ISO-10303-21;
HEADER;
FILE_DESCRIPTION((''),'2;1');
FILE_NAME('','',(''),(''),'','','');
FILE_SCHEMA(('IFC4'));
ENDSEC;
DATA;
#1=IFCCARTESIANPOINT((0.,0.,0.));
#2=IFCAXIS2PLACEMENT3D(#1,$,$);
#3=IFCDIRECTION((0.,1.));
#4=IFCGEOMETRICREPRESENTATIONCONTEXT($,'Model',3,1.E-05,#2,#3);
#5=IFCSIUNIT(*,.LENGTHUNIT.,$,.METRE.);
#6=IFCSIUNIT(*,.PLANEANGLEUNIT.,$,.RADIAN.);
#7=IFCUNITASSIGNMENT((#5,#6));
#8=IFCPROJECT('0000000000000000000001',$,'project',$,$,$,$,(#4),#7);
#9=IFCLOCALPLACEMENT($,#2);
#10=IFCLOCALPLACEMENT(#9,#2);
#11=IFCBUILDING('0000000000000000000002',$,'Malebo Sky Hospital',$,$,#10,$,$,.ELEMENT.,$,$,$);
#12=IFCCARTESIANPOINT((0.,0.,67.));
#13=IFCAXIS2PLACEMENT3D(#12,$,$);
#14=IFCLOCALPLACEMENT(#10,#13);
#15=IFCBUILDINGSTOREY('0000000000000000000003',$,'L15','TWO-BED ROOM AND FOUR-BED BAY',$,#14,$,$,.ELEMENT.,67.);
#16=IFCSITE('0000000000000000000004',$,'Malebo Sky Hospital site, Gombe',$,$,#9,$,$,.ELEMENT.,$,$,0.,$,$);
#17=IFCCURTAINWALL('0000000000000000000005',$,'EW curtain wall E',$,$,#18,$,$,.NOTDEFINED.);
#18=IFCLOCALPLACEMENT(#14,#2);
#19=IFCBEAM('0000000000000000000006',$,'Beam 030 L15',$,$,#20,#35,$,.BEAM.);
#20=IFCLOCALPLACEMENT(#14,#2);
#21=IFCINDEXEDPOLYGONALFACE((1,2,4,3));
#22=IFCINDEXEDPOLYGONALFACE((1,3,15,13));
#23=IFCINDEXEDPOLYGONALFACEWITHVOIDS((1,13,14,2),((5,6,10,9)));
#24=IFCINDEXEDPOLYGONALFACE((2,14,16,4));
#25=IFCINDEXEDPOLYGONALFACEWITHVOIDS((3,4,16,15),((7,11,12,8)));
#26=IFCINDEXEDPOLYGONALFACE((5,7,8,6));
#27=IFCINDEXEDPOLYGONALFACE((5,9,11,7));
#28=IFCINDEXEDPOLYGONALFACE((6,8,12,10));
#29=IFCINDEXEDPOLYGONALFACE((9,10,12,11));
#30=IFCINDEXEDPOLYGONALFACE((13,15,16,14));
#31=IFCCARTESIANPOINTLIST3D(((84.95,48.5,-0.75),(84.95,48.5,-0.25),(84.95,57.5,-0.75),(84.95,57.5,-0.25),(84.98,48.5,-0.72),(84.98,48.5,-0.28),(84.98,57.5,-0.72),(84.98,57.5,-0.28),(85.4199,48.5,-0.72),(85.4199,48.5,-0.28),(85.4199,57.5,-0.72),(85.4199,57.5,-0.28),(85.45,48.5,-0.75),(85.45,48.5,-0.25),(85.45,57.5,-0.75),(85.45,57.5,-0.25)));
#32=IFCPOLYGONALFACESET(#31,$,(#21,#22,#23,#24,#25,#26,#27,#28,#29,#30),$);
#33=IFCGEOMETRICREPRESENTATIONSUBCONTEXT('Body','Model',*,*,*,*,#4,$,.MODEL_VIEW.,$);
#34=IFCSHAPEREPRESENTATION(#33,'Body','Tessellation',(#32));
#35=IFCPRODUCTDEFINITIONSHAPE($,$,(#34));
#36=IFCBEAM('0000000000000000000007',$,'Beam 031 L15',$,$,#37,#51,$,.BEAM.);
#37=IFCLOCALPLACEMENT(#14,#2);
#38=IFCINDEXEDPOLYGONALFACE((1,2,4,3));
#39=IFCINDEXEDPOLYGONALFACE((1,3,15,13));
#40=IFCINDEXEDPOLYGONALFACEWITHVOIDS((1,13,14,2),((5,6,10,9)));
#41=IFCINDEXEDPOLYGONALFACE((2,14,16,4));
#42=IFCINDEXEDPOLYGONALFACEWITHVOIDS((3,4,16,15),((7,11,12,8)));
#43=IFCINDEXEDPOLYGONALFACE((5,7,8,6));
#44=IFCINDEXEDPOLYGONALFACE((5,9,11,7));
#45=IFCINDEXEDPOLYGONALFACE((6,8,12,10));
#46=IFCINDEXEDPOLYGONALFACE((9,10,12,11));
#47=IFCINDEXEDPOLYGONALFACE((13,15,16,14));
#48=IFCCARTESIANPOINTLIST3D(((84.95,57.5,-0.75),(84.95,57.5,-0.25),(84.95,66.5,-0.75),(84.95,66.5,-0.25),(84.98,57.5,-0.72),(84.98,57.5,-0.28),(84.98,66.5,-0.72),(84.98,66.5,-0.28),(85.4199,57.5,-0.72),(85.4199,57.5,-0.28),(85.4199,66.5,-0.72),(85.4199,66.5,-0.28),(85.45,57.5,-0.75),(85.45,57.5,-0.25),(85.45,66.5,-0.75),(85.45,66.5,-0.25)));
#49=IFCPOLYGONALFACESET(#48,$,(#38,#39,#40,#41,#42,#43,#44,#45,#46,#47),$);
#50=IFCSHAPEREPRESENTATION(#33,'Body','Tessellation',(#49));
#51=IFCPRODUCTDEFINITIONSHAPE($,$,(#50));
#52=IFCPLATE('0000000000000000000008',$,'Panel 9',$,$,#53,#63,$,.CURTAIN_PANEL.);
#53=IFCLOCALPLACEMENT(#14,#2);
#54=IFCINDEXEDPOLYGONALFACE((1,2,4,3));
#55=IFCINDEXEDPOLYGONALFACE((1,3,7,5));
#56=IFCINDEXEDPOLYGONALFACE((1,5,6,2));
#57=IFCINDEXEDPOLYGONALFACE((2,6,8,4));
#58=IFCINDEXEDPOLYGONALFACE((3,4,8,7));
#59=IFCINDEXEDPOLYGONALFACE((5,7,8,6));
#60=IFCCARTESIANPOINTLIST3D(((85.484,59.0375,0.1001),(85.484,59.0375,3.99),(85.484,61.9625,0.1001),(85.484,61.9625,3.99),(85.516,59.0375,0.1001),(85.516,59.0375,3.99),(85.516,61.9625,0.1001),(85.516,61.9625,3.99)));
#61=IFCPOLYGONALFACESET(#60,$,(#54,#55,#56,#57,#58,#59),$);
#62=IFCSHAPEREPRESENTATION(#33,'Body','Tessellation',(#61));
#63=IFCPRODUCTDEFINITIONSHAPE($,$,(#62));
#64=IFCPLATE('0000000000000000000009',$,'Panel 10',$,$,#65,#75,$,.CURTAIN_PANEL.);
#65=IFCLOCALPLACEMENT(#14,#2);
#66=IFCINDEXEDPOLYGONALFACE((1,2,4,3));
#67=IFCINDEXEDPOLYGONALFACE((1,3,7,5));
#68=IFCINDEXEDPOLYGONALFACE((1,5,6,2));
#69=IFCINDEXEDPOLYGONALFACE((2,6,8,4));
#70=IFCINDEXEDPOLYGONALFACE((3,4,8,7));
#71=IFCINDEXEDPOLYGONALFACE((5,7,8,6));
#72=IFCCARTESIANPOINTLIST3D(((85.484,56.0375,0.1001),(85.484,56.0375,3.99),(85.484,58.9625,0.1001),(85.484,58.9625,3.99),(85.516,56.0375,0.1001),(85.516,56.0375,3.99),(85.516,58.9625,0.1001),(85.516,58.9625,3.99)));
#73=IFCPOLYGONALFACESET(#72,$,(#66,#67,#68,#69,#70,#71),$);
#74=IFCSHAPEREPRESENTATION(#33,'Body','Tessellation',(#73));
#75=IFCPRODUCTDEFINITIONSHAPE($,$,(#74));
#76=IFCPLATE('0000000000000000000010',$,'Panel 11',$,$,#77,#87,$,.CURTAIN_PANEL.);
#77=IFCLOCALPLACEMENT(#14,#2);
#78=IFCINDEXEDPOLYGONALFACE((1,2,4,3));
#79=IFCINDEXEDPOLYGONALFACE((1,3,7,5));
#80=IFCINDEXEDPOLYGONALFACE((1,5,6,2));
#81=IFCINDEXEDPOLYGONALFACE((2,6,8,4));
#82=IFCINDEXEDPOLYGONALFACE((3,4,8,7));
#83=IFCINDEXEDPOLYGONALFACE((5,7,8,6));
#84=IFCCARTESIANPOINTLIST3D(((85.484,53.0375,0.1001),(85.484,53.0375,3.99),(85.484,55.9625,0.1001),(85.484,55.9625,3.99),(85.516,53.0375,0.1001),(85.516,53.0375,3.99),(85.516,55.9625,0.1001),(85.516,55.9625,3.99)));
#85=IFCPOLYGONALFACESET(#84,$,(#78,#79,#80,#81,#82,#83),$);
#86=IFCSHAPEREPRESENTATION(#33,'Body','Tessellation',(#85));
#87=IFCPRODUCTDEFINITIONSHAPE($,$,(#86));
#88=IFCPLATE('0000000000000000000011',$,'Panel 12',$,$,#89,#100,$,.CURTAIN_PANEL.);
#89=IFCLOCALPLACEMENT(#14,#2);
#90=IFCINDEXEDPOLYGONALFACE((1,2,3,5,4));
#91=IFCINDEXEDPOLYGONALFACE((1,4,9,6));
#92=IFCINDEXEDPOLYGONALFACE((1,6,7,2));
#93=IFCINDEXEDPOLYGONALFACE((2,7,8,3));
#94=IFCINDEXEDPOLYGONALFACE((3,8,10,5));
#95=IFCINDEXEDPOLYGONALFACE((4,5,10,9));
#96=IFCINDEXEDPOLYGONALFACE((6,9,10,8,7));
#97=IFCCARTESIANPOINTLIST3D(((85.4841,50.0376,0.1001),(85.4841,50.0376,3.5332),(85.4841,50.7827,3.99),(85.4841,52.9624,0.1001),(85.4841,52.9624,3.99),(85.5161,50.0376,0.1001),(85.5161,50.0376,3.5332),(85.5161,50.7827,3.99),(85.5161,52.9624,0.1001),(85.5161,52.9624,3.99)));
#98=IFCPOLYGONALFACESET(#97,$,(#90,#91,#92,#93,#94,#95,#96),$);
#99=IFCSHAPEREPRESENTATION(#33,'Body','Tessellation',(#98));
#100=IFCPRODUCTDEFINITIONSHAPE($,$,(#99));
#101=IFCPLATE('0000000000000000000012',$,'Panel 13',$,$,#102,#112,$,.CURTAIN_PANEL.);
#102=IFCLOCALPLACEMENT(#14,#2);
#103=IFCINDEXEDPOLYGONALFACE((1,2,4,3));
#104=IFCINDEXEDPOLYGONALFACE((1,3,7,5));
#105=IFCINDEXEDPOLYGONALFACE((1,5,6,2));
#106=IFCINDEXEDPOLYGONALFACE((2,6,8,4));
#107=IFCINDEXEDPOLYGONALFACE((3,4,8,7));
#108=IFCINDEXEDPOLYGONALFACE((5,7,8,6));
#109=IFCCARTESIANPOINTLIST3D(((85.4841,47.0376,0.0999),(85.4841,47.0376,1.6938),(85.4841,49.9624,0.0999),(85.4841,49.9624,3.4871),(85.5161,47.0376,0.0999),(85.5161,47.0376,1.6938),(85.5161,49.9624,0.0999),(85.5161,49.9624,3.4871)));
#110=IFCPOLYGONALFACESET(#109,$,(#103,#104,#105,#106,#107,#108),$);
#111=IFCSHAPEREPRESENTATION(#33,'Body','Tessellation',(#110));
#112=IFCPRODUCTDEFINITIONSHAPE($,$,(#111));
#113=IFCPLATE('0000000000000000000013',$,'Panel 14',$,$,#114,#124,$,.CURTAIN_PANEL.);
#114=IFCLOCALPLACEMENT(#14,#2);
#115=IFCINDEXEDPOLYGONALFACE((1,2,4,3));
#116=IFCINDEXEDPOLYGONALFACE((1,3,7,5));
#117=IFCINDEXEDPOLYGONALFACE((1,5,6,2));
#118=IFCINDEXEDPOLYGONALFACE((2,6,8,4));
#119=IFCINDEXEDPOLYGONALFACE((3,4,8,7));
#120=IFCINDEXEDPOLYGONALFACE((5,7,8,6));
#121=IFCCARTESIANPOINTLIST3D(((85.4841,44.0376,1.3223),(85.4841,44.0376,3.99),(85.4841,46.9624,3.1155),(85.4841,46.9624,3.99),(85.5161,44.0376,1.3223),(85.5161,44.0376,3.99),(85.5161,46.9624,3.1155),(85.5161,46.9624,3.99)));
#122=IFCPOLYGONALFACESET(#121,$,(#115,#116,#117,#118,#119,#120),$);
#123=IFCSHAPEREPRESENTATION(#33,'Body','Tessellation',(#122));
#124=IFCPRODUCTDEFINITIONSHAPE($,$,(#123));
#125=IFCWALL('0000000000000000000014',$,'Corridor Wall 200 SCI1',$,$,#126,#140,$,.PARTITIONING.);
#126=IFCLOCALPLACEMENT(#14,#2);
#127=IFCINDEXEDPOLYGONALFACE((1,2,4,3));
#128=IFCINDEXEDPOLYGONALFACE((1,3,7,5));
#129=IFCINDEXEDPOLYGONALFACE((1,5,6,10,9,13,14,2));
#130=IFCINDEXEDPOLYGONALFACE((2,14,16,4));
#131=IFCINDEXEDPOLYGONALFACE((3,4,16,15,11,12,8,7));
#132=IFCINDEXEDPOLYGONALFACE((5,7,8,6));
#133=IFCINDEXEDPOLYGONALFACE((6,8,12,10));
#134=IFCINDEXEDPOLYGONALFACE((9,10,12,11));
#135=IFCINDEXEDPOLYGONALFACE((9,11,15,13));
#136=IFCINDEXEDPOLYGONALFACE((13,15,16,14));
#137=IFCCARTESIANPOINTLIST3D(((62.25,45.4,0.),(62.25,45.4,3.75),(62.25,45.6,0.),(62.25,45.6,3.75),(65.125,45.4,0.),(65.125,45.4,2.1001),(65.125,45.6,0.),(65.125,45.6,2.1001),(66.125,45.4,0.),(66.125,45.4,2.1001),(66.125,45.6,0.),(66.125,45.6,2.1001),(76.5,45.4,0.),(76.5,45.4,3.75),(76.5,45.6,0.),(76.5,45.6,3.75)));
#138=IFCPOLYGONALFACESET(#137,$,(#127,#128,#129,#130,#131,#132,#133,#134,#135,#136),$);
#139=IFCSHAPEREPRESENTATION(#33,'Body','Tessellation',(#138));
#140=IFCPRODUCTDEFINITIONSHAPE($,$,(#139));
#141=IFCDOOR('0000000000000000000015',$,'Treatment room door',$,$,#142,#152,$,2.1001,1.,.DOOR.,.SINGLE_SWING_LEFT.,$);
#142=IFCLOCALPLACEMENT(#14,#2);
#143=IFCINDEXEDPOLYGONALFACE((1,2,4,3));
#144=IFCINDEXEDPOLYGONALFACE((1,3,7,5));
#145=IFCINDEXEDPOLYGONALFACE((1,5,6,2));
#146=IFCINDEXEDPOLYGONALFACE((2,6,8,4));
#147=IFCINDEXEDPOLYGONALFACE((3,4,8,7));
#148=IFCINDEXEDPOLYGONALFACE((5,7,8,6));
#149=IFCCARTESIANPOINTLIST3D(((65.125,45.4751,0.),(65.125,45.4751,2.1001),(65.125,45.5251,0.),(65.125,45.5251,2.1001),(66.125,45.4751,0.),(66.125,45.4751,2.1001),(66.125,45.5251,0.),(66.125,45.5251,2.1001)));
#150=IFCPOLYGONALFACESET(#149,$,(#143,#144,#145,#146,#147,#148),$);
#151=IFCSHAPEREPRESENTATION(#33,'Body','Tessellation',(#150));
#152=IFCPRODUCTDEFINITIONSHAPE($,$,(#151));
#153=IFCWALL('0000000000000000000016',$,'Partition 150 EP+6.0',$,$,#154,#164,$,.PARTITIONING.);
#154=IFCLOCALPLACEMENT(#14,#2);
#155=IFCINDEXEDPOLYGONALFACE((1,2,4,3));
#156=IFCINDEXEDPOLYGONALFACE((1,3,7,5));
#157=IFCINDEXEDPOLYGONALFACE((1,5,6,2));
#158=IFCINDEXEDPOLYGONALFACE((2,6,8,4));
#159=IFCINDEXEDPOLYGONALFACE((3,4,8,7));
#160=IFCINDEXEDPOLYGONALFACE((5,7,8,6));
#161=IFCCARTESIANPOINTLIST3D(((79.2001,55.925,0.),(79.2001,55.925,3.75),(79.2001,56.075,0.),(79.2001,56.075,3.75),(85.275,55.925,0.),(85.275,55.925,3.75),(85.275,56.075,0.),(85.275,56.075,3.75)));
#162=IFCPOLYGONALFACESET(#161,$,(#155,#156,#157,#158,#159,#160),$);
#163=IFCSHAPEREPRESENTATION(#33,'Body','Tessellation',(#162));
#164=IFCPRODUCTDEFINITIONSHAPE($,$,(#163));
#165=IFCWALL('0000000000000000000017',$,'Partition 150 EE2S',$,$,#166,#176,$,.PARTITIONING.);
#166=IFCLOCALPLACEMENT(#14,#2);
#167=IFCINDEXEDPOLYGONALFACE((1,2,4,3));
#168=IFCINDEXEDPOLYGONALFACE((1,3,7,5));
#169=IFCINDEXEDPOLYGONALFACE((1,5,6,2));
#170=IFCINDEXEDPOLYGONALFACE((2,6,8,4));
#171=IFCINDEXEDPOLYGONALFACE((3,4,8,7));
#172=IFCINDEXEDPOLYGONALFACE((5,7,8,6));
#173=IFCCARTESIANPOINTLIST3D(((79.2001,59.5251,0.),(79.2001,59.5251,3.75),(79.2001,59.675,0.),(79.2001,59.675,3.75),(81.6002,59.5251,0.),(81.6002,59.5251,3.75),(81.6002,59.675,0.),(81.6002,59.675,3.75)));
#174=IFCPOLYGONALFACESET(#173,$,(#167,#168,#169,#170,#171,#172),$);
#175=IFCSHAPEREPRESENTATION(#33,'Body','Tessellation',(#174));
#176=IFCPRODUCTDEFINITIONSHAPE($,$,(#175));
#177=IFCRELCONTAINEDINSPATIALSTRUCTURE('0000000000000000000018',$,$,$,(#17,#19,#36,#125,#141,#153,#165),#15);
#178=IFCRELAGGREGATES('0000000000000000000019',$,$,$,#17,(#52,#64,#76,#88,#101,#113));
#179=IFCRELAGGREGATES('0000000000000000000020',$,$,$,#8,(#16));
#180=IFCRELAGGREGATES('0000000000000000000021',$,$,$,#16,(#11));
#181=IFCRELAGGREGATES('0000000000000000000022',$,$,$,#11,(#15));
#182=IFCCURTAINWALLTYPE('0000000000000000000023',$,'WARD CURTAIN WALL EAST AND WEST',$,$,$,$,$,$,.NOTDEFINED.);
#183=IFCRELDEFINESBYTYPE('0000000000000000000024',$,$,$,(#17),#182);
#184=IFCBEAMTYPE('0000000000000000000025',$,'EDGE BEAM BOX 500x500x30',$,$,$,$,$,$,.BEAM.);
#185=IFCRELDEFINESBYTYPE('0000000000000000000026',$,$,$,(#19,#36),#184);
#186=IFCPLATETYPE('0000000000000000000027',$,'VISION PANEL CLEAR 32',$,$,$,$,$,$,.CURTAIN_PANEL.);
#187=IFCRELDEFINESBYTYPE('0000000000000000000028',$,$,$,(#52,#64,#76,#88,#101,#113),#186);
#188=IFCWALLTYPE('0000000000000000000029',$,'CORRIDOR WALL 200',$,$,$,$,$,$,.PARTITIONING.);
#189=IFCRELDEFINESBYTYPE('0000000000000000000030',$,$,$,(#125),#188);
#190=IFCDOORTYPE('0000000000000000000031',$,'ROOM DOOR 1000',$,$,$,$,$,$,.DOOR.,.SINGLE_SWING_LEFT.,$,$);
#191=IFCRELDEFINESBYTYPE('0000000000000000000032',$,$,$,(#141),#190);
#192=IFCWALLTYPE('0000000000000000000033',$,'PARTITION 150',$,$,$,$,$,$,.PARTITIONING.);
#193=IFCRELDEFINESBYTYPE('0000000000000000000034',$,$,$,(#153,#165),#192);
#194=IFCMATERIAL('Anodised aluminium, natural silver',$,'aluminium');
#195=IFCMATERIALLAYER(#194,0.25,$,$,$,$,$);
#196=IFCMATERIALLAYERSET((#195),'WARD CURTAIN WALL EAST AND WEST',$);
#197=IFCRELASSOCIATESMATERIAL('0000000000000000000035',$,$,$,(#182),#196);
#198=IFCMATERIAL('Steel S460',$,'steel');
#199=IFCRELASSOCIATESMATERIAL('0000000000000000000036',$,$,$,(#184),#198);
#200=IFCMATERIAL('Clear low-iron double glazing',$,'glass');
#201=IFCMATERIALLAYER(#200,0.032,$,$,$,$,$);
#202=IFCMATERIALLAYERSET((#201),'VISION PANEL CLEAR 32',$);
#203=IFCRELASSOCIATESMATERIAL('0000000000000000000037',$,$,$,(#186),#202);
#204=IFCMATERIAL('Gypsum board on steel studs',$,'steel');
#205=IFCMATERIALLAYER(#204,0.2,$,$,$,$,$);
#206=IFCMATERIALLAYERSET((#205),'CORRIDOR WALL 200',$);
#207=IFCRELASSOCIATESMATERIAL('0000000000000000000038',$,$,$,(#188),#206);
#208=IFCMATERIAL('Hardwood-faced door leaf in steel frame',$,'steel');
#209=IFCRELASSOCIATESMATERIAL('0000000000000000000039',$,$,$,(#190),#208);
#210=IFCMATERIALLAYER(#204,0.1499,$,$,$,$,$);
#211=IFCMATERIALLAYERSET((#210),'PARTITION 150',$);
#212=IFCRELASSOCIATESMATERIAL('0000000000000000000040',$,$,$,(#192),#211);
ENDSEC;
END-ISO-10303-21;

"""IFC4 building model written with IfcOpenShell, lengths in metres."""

from ifc_helpers import new_model, si_unit, direction, frame, frame_2d, origin, origin_2d, place, context, subcontext, project, spatial, polyline, rectangle, hollow_rectangle, outline, extrude, material, layer, layer_set, material_profile, profile_set, type_object, element, fill, aggregate, save


model = new_model("IFC4")

# Units and contexts
model_context = context("Model", 3, precision=1e-05, world=origin(), true_north=direction((0.0, 1.0)))
body_context = subcontext(model_context, "Body", "Model", "MODEL_VIEW")
ifc_project = project(units=[si_unit("LENGTHUNIT", "METRE"), si_unit("PLANEANGLEUNIT", "RADIAN")], contexts=[model_context])

# Site, building, storey
site_placement = place(None, origin())
site = spatial("IfcSite", under=ifc_project, at=site_placement, Name="Malebo Sky Hospital site, Gombe", CompositionType="ELEMENT", RefElevation=0.0)
building_placement = place(site_placement, origin())
building = spatial("IfcBuilding", under=site, at=building_placement, Name="Malebo Sky Hospital", CompositionType="ELEMENT")
storey_placement = place(building_placement, frame((0.0, 0.0, 67.0)))
storey = spatial("IfcBuildingStorey", under=building, at=storey_placement, Name="L15", Description="TWO-BED ROOM AND FOUR-BED BAY", CompositionType="ELEMENT", Elevation=67.0)

# Shared definitions
ifc_material_1 = material(Name="Steel S460", Category="steel")

# Curtain wall
ifc_material_2 = material(Name="Anodised aluminium, natural silver", Category="aluminium")
ifc_layer_1 = layer(ifc_material_2, 0.25)
ifc_layer_set_1 = layer_set([ifc_layer_1], Name="WARD CURTAIN WALL EAST AND WEST")
curtain_wall_type = type_object("IfcCurtainWallType", Name="WARD CURTAIN WALL EAST AND WEST", PredefinedType="NOTDEFINED", material=ifc_layer_set_1)
curtain_wall_placement = place(storey_placement, origin())
curtain_wall = element("IfcCurtainWall", 1, at=curtain_wall_placement, inside=storey, type_object=curtain_wall_type, Name="EW curtain wall E", PredefinedType="NOTDEFINED")

# Beams
ifc_material_profile_1 = material_profile(ifc_material_1, hollow_rectangle(XDim=0.5, YDim=0.5, WallThickness=0.03, at=origin_2d()), Name="BOX 500x500x30")
ifc_profile_set_1 = profile_set([ifc_material_profile_1], Name="Steel S460")
beam_type = type_object("IfcBeamType", Name="EDGE BEAM BOX 500x500x30", PredefinedType="BEAM", material=ifc_profile_set_1)
for number, where, z_axis, x_axis, name in (
    (2, (85.2, 48.5, -0.5), (0.0, 1.0, 0.0), (-1.0, 0.0, 0.0), "Beam 030 L15"),
    (3, (85.2, 57.5, -0.5), (0.0, 1.0, 0.0), (-1.0, 0.0, 0.0), "Beam 031 L15"),
):
    element("IfcBeam", number, at=place(storey_placement, frame(where, z_axis=z_axis, x_axis=x_axis)), inside=storey, type_object=beam_type, Name=name, PredefinedType="BEAM", context=body_context, shape_type="SweptSolid", body=[
        extrude(hollow_rectangle(XDim=0.5, YDim=0.5, WallThickness=0.03, at=origin_2d()), origin(), (0.0, 0.0, 1.0), 9.0),
    ])

# Plates
ifc_material_3 = material(Name="Clear low-iron double glazing", Category="glass")
ifc_layer_2 = layer(ifc_material_3, 0.032)
ifc_layer_set_2 = layer_set([ifc_layer_2], Name="VISION PANEL CLEAR 32")
plate_type = type_object("IfcPlateType", Name="VISION PANEL CLEAR 32", PredefinedType="CURTAIN_PANEL", material=ifc_layer_set_2)
plate_1_placement = place(storey_placement, frame((85.5, 60.5, 0.1001), z_axis=(0.0, 0.0, 1.0), x_axis=(0.0, -1.0, 0.0)))
plate_1 = element("IfcPlate", 4, at=plate_1_placement, type_object=plate_type, Name="Panel 9", PredefinedType="CURTAIN_PANEL", context=body_context, shape_type="SweptSolid", body=[
    extrude(rectangle(XDim=2.925, YDim=0.032, at=origin_2d()), origin(), (0.0, 0.0, 1.0), 3.8899),
])
plate_2_placement = place(storey_placement, frame((85.5, 57.5, 0.1001), z_axis=(0.0, 0.0, 1.0), x_axis=(0.0, -1.0, 0.0)))
plate_2 = element("IfcPlate", 5, at=plate_2_placement, type_object=plate_type, Name="Panel 10", PredefinedType="CURTAIN_PANEL", context=body_context, shape_type="SweptSolid", body=[
    extrude(rectangle(XDim=2.925, YDim=0.032, at=origin_2d()), origin(), (0.0, 0.0, 1.0), 3.8899),
])
plate_3_placement = place(storey_placement, frame((85.5, 54.5, 0.1001), z_axis=(0.0, 0.0, 1.0), x_axis=(0.0, -1.0, 0.0)))
plate_3 = element("IfcPlate", 6, at=plate_3_placement, type_object=plate_type, Name="Panel 11", PredefinedType="CURTAIN_PANEL", context=body_context, shape_type="SweptSolid", body=[
    extrude(rectangle(XDim=2.925, YDim=0.032, at=origin_2d()), origin(), (0.0, 0.0, 1.0), 3.8899),
])
plate_4_placement = place(storey_placement, frame((85.5, 51.5, 0.1001), z_axis=(0.0, 0.0, 1.0), x_axis=(0.0, -1.0, 0.0)))
plate_4 = element("IfcPlate", 7, at=plate_4_placement, type_object=plate_type, Name="Panel 12", PredefinedType="CURTAIN_PANEL", context=body_context, shape_type="SweptSolid", body=[
    extrude(outline(polyline([(-1.4624, 0.0), (1.4624, 0.0), (1.4624, 3.4331), (0.7173, 3.8899), (-1.4624, 3.8899), (-1.4624, 0.0)])), frame((0.0, 0.0161, 0.0), z_axis=(0.0, -1.0, 0.0), x_axis=(1.0, 0.0, 0.0)), (0.0, 0.0, 1.0), 0.032),
])
plate_5_placement = place(storey_placement, frame((85.5, 48.5, 0.0999), z_axis=(0.0, 0.0, 1.0), x_axis=(0.0, -1.0, 0.0)))
plate_5 = element("IfcPlate", 8, at=plate_5_placement, type_object=plate_type, Name="Panel 13", PredefinedType="CURTAIN_PANEL", context=body_context, shape_type="SweptSolid", body=[
    extrude(outline(polyline([(-1.4624, 0.0), (1.4624, 0.0), (1.4624, 1.594), (-1.4624, 3.3872), (-1.4624, 0.0)])), frame((0.0, 0.0161, 0.0), z_axis=(0.0, -1.0, 0.0), x_axis=(1.0, 0.0, 0.0)), (0.0, 0.0, 1.0), 0.032),
])
plate_6_placement = place(storey_placement, frame((85.5, 45.5, 1.3223), z_axis=(0.0, 0.0, 1.0), x_axis=(0.0, -1.0, 0.0)))
plate_6 = element("IfcPlate", 9, at=plate_6_placement, type_object=plate_type, Name="Panel 14", PredefinedType="CURTAIN_PANEL", context=body_context, shape_type="SweptSolid", body=[
    extrude(outline(polyline([(1.4624, 0.0), (1.4624, 2.6677), (-1.4624, 2.6677), (-1.4624, 1.7932), (1.4624, 0.0)])), frame((0.0, 0.0161, 0.0), z_axis=(0.0, -1.0, 0.0), x_axis=(1.0, 0.0, 0.0)), (0.0, 0.0, 1.0), 0.032),
])
aggregate(curtain_wall, [plate_1, plate_2, plate_3, plate_4, plate_5, plate_6])

# Wall, opening, door
ifc_material_4 = material(Name="Gypsum board on steel studs", Category="steel")
ifc_layer_3 = layer(ifc_material_4, 0.2)
ifc_layer_set_3 = layer_set([ifc_layer_3], Name="CORRIDOR WALL 200")
wall_type_1 = type_object("IfcWallType", Name="CORRIDOR WALL 200", PredefinedType="PARTITIONING", material=ifc_layer_set_3)
wall_1_placement = place(storey_placement, frame((76.5, 45.5, 0.0), z_axis=(0.0, 0.0, 1.0), x_axis=(-1.0, 0.0, 0.0)))
wall_1 = element("IfcWall", 10, at=wall_1_placement, inside=storey, type_object=wall_type_1, Name="Corridor Wall 200 SCI1", PredefinedType="PARTITIONING", context=body_context, shape_type="SweptSolid", body=[
    extrude(rectangle(XDim=14.25, YDim=0.2, at=frame_2d((7.125, 0.0))), origin(), (0.0, 0.0, 1.0), 3.75),
])
opening_1_placement = place(wall_1_placement, frame((10.375, 0.0, 0.0)))
opening_1 = element("IfcOpeningElement", 11, at=opening_1_placement, cuts=wall_1, PredefinedType="OPENING", context=body_context, shape_type="SweptSolid", body=[
    extrude(rectangle(XDim=1.0, YDim=2.1001, at=frame_2d((0.5, 1.05))), frame((0.0, 0.1099, 0.0), z_axis=(0.0, -1.0, 0.0), x_axis=(1.0, 0.0, 0.0)), (0.0, 0.0, 1.0), 0.22),
])
ifc_material_5 = material(Name="Hardwood-faced door leaf in steel frame", Category="steel")
door_type_1 = type_object("IfcDoorType", Name="ROOM DOOR 1000", OperationType="SINGLE_SWING_LEFT", PredefinedType="DOOR", material=ifc_material_5)
door_1_placement = place(opening_1_placement, origin())
door_1 = element("IfcDoor", 12, at=door_1_placement, inside=storey, type_object=door_type_1, Name="Treatment room door", OperationType="SINGLE_SWING_LEFT", OverallHeight=2.1001, OverallWidth=1.0, PredefinedType="DOOR", context=body_context, shape_type="SweptSolid", body=[
    extrude(rectangle(XDim=1.0, YDim=2.1001, at=frame_2d((0.5, 1.05))), frame((0.0, 0.0249, 0.0), z_axis=(0.0, -1.0, 0.0), x_axis=(1.0, 0.0, 0.0)), (0.0, 0.0, 1.0), 0.05),
])
fill(opening_1, door_1)

# Walls
ifc_layer_4 = layer(ifc_material_4, 0.1499)
ifc_layer_set_4 = layer_set([ifc_layer_4], Name="PARTITION 150")
wall_type_2 = type_object("IfcWallType", Name="PARTITION 150", PredefinedType="PARTITIONING", material=ifc_layer_set_4)
wall_2_placement = place(storey_placement, frame((79.2, 56.0, 0.0), z_axis=(0.0, 0.0, 1.0), x_axis=(1.0, 0.0, 0.0)))
element("IfcWall", 13, at=wall_2_placement, inside=storey, type_object=wall_type_2, Name="Partition 150 EP+6.0", PredefinedType="PARTITIONING", context=body_context, shape_type="SweptSolid", body=[
    extrude(rectangle(XDim=6.075, YDim=0.1499, at=frame_2d((3.0376, 0.0))), origin(), (0.0, 0.0, 1.0), 3.75),
])
wall_3_placement = place(storey_placement, frame((79.2, 59.6001, 0.0), z_axis=(0.0, 0.0, 1.0), x_axis=(1.0, 0.0, 0.0)))
element("IfcWall", 14, at=wall_3_placement, inside=storey, type_object=wall_type_2, Name="Partition 150 EE2S", PredefinedType="PARTITIONING", context=body_context, shape_type="SweptSolid", body=[
    extrude(rectangle(XDim=2.4001, YDim=0.1499, at=frame_2d((1.2002, 0.0))), origin(), (0.0, 0.0, 1.0), 3.75),
])

save(model, "model.ifc")
